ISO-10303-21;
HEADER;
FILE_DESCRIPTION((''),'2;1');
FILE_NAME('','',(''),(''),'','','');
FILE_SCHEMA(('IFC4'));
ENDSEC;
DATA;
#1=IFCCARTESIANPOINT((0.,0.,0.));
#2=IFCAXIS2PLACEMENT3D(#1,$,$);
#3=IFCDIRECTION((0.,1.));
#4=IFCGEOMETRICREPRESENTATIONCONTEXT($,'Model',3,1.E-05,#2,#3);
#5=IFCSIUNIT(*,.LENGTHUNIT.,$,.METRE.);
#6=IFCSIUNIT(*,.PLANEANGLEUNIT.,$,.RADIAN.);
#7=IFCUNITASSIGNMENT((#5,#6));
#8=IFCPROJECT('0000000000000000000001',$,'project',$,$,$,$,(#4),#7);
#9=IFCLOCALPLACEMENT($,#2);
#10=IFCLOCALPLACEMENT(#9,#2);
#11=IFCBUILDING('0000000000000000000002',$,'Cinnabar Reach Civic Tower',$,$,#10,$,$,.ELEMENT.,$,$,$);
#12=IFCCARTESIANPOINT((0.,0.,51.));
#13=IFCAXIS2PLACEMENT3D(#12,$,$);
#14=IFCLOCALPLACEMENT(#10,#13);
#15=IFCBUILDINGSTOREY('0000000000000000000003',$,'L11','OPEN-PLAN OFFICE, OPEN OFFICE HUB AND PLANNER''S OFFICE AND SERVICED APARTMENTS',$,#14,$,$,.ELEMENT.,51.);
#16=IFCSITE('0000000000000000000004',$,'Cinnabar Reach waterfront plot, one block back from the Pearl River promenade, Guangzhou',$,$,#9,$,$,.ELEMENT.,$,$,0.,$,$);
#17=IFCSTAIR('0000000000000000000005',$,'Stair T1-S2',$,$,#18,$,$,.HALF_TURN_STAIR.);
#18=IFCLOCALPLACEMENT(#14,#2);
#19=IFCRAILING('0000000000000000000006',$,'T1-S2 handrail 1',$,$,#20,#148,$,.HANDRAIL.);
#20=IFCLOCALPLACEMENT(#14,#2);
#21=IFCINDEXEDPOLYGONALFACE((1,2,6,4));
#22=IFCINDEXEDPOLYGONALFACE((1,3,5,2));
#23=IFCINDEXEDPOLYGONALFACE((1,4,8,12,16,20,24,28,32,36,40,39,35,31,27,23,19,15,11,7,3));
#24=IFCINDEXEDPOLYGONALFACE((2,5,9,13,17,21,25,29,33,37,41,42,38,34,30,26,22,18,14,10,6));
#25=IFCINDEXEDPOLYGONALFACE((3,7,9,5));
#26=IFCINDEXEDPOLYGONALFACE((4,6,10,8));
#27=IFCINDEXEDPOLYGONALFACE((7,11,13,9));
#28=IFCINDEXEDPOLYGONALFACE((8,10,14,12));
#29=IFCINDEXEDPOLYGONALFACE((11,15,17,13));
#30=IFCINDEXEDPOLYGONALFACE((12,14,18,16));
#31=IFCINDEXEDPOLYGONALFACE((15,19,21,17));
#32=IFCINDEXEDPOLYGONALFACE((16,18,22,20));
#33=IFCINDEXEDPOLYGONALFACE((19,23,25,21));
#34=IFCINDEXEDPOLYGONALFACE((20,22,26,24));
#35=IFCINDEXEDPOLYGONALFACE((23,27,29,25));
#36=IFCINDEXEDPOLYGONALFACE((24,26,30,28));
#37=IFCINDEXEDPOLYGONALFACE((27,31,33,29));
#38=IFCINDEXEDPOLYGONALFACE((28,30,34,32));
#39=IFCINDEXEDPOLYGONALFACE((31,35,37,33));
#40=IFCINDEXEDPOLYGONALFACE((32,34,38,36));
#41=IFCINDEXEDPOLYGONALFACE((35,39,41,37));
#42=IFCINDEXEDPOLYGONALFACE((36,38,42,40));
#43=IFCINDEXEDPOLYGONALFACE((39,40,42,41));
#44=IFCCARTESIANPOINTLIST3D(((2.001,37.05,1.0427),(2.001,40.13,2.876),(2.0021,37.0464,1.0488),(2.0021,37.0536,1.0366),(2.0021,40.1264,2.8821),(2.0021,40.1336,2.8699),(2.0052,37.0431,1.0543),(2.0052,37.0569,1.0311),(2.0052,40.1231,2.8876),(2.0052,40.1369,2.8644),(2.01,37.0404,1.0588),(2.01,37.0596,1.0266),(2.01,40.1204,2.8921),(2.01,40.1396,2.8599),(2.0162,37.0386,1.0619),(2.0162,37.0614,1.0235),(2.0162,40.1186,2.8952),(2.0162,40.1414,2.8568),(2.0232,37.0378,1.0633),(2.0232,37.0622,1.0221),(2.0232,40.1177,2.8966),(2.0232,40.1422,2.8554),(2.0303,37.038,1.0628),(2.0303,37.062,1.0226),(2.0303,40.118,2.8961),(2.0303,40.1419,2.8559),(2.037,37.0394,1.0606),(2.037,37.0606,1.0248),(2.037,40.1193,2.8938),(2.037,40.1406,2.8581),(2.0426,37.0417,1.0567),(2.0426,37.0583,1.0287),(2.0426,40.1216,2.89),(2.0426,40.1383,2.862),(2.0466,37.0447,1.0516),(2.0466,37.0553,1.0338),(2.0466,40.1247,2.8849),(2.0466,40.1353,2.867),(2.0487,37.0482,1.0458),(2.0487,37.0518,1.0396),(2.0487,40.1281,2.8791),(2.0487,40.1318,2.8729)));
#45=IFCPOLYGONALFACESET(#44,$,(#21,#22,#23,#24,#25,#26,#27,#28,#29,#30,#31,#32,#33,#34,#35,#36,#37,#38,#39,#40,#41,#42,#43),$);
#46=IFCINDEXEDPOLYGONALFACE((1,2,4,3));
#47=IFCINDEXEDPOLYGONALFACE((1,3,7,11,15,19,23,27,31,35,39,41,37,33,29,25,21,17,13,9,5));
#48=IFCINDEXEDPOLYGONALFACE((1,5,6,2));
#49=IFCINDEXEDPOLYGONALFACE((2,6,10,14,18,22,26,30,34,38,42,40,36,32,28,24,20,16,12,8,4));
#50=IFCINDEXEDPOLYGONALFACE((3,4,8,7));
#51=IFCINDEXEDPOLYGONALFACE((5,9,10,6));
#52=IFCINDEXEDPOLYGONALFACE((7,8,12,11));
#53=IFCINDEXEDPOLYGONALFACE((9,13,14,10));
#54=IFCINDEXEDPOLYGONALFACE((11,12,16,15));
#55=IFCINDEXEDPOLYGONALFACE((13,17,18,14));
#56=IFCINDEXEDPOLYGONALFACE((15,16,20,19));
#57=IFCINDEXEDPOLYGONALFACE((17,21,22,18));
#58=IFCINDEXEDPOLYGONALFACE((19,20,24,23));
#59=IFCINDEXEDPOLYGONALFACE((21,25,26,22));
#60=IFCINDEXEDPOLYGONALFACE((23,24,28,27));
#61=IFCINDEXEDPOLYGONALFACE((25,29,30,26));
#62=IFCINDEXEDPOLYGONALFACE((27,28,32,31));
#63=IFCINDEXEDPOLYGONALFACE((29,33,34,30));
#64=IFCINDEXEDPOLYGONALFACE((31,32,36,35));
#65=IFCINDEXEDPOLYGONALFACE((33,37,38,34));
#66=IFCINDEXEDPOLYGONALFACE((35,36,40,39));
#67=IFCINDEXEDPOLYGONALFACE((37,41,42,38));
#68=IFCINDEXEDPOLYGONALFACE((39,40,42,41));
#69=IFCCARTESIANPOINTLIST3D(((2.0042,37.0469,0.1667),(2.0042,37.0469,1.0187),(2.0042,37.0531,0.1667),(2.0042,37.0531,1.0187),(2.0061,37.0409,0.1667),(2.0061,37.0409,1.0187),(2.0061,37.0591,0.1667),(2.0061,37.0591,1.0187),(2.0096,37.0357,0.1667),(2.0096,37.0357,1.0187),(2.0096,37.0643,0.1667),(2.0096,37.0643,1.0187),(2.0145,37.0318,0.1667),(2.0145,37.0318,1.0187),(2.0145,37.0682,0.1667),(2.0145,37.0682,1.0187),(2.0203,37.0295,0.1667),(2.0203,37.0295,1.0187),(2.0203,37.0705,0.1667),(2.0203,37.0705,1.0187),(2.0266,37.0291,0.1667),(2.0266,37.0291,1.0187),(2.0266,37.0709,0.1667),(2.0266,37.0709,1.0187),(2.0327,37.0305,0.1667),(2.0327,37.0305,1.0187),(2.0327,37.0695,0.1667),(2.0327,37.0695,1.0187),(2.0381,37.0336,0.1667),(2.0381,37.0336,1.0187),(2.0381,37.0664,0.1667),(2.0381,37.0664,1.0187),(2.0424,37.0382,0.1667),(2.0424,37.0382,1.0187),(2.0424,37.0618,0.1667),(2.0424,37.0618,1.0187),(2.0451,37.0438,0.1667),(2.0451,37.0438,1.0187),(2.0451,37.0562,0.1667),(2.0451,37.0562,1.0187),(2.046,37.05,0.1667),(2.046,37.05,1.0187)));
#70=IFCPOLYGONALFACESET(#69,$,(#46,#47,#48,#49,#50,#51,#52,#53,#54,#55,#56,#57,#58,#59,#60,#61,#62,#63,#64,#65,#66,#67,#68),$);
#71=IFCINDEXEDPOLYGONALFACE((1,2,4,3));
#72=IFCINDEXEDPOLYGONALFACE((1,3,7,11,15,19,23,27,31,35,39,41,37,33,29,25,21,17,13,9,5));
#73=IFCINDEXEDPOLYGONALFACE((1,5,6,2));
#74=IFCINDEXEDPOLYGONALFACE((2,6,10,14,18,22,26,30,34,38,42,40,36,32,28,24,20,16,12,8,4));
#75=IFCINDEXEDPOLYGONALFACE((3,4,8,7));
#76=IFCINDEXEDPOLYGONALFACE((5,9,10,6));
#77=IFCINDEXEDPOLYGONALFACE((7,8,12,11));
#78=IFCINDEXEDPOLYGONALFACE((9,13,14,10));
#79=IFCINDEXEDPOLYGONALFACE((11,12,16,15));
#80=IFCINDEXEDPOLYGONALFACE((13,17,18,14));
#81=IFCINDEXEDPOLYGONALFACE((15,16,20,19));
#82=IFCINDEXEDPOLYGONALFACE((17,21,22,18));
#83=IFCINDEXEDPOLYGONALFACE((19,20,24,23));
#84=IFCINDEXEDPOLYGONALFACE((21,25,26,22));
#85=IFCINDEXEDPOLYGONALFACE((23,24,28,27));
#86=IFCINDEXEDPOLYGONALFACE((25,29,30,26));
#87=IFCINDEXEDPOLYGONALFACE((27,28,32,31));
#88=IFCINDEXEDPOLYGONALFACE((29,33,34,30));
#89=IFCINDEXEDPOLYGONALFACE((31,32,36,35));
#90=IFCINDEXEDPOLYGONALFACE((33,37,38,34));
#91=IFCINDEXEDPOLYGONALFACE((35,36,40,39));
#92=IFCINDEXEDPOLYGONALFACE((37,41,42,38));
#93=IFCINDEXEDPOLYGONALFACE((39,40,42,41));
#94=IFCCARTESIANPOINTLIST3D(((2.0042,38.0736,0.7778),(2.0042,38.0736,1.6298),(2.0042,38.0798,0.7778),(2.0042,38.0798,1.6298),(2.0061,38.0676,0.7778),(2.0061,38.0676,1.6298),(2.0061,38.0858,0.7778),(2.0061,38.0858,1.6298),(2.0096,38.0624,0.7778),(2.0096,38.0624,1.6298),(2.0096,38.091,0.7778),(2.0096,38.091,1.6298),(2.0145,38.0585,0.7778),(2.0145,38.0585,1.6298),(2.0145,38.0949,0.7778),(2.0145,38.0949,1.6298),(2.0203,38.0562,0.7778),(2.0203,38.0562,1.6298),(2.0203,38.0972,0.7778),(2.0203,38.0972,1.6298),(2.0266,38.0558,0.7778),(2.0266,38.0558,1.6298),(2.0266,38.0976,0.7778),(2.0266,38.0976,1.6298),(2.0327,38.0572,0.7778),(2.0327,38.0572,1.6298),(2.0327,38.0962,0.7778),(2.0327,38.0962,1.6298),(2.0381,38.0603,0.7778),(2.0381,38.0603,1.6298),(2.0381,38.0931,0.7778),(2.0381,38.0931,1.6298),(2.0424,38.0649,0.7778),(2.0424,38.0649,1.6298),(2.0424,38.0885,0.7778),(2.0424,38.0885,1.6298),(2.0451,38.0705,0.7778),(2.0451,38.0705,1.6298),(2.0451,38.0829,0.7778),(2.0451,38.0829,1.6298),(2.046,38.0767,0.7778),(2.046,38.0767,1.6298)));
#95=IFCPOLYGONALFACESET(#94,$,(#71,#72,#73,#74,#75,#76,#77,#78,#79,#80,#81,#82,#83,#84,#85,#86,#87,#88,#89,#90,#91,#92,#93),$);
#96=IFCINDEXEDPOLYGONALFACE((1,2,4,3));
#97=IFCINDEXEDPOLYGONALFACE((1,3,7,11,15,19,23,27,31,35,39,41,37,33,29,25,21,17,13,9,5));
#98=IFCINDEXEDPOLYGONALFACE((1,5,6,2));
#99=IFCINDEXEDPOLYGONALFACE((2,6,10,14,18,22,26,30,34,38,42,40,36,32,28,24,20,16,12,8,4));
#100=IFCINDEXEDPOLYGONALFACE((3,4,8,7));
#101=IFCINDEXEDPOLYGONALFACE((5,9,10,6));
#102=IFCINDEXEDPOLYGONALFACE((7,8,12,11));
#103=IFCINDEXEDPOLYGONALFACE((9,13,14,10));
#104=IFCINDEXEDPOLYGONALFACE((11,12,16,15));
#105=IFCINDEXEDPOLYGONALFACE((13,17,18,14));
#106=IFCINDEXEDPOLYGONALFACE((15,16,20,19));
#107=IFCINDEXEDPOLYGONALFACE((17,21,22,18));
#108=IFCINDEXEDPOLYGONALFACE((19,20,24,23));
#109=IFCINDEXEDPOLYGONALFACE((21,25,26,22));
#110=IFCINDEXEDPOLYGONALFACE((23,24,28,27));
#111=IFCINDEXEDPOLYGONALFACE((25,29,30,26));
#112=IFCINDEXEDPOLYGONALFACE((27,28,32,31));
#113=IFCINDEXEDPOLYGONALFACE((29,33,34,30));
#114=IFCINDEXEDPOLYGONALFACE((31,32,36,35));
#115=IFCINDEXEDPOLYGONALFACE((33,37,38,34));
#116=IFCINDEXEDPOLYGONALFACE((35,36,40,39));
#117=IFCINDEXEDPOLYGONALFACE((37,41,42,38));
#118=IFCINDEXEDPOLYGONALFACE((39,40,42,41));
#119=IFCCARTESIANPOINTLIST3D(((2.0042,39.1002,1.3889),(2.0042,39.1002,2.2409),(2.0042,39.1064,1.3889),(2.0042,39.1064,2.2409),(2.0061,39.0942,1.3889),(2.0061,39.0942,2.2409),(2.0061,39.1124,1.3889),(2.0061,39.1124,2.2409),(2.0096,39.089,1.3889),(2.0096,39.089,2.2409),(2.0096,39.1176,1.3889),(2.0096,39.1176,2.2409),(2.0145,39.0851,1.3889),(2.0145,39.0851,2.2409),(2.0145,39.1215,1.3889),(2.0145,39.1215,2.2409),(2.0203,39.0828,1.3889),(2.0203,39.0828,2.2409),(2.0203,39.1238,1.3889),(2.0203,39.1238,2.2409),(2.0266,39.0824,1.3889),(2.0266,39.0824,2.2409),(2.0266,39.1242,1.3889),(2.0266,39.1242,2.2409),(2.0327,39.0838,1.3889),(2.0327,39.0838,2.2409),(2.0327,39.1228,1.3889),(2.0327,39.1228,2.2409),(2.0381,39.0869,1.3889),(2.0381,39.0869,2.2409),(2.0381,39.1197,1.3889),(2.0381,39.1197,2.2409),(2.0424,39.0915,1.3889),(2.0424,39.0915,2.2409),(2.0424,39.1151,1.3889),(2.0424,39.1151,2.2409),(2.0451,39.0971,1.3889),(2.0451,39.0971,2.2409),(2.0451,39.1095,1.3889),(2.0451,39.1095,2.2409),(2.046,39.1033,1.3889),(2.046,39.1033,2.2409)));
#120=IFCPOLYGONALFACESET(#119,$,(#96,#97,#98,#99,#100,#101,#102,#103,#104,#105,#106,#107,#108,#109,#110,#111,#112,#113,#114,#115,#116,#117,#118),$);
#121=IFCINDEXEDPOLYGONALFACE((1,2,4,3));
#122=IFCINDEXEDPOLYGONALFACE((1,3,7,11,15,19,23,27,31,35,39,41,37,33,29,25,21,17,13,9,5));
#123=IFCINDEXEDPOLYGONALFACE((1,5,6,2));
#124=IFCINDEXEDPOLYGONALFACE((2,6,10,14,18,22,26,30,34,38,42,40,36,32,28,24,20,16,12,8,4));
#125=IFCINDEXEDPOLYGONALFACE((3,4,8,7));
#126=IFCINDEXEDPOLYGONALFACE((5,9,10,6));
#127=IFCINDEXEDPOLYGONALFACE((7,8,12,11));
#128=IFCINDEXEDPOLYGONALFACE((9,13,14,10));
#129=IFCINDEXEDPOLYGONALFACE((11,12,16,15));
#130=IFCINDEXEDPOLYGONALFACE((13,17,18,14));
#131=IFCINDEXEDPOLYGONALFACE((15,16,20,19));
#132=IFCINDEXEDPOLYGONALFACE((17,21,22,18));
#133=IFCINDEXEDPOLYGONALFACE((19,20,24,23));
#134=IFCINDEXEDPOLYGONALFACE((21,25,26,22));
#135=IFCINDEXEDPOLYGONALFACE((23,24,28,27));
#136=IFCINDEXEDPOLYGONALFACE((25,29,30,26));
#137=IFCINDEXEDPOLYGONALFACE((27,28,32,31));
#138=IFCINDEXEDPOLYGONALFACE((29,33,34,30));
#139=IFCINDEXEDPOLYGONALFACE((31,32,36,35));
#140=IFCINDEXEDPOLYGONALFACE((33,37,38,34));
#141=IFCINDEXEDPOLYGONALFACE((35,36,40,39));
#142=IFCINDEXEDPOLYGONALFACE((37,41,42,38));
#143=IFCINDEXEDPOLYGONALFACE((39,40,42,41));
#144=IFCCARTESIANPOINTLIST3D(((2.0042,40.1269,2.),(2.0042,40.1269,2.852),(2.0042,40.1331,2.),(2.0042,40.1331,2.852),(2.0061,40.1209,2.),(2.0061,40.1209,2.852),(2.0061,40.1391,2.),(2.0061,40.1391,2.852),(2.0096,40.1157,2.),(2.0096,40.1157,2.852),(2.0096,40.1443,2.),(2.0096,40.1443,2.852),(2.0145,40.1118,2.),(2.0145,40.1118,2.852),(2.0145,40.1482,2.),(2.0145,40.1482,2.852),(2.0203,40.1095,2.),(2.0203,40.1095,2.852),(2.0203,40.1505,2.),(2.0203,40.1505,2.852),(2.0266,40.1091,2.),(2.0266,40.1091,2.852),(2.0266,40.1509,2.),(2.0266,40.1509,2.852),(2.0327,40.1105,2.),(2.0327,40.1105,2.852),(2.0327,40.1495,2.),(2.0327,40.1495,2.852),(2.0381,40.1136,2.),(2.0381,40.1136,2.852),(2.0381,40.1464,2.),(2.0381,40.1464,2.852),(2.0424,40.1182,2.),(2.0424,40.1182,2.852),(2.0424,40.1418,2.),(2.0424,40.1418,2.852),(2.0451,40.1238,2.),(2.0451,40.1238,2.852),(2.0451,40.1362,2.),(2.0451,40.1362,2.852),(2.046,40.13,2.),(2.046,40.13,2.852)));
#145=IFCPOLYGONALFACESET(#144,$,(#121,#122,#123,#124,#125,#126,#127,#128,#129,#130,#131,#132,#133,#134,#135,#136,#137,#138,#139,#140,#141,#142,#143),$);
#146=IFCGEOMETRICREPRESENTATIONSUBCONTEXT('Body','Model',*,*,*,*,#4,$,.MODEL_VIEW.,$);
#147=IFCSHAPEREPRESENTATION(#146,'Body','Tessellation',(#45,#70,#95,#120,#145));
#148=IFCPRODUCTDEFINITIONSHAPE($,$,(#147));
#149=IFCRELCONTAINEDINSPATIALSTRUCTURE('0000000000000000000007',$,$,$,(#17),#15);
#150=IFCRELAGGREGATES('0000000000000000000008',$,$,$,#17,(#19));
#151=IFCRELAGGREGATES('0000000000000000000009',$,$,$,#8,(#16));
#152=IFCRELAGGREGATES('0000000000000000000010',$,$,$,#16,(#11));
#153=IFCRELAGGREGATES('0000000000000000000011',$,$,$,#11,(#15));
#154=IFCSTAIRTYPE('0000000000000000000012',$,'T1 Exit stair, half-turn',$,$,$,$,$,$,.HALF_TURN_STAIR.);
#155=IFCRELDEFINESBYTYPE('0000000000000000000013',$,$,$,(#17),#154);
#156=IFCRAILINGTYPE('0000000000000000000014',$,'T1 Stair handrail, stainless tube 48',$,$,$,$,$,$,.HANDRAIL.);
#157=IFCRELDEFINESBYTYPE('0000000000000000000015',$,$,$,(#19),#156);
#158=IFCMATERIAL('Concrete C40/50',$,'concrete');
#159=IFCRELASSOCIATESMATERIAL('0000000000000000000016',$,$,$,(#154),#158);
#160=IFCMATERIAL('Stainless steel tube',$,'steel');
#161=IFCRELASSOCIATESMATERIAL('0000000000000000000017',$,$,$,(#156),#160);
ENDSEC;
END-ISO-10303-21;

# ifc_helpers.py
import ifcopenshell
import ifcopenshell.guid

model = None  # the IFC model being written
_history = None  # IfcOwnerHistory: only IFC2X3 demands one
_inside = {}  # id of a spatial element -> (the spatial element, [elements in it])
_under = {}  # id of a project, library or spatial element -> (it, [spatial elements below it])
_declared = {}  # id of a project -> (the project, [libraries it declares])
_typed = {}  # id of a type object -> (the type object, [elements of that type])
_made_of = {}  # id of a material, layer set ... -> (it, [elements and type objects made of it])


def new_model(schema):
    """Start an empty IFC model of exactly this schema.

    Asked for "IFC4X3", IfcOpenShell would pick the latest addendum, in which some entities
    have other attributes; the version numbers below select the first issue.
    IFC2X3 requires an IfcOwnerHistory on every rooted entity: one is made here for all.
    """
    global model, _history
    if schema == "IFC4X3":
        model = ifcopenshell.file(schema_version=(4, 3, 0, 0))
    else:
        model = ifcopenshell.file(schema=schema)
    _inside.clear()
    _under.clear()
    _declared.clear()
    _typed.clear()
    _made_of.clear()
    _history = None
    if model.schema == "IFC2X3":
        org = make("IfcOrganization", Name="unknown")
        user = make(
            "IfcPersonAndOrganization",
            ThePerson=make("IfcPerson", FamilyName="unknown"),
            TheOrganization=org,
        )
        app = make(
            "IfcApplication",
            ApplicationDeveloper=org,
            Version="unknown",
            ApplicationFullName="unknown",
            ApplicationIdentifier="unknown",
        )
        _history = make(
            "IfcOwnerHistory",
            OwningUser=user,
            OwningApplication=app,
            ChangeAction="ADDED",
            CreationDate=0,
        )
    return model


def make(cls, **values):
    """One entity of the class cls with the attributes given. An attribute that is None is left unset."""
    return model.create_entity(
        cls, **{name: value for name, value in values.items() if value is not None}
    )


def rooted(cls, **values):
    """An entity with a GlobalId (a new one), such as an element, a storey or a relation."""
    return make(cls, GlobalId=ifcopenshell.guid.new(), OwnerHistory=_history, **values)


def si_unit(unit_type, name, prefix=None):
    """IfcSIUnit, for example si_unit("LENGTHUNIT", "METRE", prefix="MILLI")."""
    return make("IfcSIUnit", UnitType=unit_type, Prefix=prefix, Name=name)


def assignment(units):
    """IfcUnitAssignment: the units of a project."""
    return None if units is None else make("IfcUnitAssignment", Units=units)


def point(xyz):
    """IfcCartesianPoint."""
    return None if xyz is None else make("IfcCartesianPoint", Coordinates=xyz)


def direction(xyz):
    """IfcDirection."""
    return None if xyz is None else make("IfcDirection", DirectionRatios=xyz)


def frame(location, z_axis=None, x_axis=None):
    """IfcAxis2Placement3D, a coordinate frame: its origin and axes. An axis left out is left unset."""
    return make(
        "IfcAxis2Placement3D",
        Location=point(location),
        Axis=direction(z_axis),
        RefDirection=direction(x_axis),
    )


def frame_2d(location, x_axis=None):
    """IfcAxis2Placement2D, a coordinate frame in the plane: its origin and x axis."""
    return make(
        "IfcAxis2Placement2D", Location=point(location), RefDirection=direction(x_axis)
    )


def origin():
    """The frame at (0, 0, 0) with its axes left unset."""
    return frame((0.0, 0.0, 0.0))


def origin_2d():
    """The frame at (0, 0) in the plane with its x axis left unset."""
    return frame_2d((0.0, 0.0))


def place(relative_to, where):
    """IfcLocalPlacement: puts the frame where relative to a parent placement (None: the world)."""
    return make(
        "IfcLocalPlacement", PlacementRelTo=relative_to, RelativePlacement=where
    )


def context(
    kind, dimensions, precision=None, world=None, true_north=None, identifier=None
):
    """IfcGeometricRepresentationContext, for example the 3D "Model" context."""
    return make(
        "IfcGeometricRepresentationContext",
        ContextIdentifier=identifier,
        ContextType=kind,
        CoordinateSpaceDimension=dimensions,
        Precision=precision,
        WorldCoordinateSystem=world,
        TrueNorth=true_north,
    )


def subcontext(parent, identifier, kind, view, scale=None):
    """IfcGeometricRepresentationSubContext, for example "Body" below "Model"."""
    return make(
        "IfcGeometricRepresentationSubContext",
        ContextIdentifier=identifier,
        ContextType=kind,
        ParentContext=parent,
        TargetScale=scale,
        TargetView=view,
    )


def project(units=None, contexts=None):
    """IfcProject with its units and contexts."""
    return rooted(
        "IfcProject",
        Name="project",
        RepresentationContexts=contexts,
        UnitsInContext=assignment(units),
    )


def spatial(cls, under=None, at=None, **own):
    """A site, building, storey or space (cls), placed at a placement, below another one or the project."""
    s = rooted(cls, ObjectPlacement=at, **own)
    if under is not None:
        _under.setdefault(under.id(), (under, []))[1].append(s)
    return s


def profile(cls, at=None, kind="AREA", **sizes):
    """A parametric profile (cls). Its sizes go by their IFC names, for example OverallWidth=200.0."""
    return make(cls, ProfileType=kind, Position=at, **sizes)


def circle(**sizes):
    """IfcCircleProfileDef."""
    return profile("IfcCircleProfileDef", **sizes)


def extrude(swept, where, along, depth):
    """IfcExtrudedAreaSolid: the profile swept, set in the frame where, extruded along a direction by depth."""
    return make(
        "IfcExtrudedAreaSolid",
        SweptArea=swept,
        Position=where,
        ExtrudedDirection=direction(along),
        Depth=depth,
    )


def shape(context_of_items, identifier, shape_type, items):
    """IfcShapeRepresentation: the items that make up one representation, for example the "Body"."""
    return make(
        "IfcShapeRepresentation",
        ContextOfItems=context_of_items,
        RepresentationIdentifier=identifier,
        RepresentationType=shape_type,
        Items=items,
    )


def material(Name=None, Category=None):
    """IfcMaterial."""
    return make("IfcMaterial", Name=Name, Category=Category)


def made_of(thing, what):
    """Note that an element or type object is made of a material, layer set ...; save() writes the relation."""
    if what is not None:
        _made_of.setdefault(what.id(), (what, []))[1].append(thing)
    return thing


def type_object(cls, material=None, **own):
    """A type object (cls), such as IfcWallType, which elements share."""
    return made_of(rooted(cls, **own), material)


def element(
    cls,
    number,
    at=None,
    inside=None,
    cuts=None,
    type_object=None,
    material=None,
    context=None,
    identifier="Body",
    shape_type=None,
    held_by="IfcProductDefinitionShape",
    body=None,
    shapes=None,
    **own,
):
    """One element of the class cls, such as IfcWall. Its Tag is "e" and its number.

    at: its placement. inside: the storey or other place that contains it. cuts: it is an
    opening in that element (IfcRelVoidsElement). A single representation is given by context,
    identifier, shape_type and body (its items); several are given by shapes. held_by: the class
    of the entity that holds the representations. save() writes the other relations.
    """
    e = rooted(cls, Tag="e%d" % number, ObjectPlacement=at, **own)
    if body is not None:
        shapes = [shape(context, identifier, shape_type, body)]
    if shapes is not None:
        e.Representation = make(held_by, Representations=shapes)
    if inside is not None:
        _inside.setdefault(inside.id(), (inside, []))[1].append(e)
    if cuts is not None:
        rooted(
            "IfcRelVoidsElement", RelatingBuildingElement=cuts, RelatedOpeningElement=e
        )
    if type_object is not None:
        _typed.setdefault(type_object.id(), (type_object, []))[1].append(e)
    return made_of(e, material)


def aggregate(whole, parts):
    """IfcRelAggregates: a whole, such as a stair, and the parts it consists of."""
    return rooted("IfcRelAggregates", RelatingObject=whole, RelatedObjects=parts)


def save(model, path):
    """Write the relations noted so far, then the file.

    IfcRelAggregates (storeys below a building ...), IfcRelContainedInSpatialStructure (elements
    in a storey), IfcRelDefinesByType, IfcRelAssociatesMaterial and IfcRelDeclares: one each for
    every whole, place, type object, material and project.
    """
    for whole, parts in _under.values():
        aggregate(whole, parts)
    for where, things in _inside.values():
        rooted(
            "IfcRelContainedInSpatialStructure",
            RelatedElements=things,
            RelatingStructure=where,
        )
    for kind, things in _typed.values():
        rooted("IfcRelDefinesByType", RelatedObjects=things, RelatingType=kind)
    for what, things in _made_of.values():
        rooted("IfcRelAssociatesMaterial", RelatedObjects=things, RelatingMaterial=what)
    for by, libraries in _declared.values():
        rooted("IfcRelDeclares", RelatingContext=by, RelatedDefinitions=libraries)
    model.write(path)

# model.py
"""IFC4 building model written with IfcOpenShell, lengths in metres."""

from ifc_helpers import new_model, si_unit, direction, frame, origin, origin_2d, place, context, subcontext, project, spatial, circle, extrude, material, type_object, element, aggregate, save


model = new_model("IFC4")

# Units and contexts
model_context = context("Model", 3, precision=1e-05, world=origin(), true_north=direction((0.0, 1.0)))
body_context = subcontext(model_context, "Body", "Model", "MODEL_VIEW")
ifc_project = project(units=[si_unit("LENGTHUNIT", "METRE"), si_unit("PLANEANGLEUNIT", "RADIAN")], contexts=[model_context])

# Site, building, storey
site_placement = place(None, origin())
site = spatial("IfcSite", under=ifc_project, at=site_placement, Name="Cinnabar Reach waterfront plot, one block back from the Pearl River promenade, Guangzhou", CompositionType="ELEMENT", RefElevation=0.0)
building_placement = place(site_placement, origin())
building = spatial("IfcBuilding", under=site, at=building_placement, Name="Cinnabar Reach Civic Tower", CompositionType="ELEMENT")
storey_placement = place(building_placement, frame((0.0, 0.0, 51.0)))
storey = spatial("IfcBuildingStorey", under=building, at=storey_placement, Name="L11", Description="OPEN-PLAN OFFICE, OPEN OFFICE HUB AND PLANNER'S OFFICE AND SERVICED APARTMENTS", CompositionType="ELEMENT", Elevation=51.0)

# Shared definitions
ifc_material_1 = material(Name="Concrete C40/50", Category="concrete")

# Stair, railing
stair_type = type_object("IfcStairType", Name="T1 Exit stair, half-turn", PredefinedType="HALF_TURN_STAIR", material=ifc_material_1)
stair_placement = place(storey_placement, origin())
stair = element("IfcStair", 1, at=stair_placement, inside=storey, type_object=stair_type, Name="Stair T1-S2", PredefinedType="HALF_TURN_STAIR")
ifc_material_2 = material(Name="Stainless steel tube", Category="steel")
railing_type = type_object("IfcRailingType", Name="T1 Stair handrail, stainless tube 48", PredefinedType="HANDRAIL", material=ifc_material_2)
railing_1_placement = place(storey_placement, frame((2.025, 37.05, 0.1667)))
railing_1 = element("IfcRailing", 2, at=railing_1_placement, type_object=railing_type, Name="T1-S2 handrail 1", PredefinedType="HANDRAIL", context=body_context, shape_type="SweptSolid", body=[
    extrude(circle(Radius=0.024, at=origin_2d()), frame((0.0, 0.0, 0.876), z_axis=(0.0, 0.859297, 0.511477), x_axis=(-1.0, 0.0, 0.0)), (0.0, 0.0, 1.0), 3.5843),
    extrude(circle(Radius=0.021, at=origin_2d()), origin(), (0.0, 0.0, 1.0), 0.852),
    extrude(circle(Radius=0.021, at=origin_2d()), frame((0.0, 1.0267, 0.6111)), (0.0, 0.0, 1.0), 0.852),
    extrude(circle(Radius=0.021, at=origin_2d()), frame((0.0, 2.0533, 1.2222)), (0.0, 0.0, 1.0), 0.852),
    extrude(circle(Radius=0.021, at=origin_2d()), frame((0.0, 3.08, 1.8333)), (0.0, 0.0, 1.0), 0.852),
])
aggregate(stair, [railing_1])

save(model, "model.ifc")
